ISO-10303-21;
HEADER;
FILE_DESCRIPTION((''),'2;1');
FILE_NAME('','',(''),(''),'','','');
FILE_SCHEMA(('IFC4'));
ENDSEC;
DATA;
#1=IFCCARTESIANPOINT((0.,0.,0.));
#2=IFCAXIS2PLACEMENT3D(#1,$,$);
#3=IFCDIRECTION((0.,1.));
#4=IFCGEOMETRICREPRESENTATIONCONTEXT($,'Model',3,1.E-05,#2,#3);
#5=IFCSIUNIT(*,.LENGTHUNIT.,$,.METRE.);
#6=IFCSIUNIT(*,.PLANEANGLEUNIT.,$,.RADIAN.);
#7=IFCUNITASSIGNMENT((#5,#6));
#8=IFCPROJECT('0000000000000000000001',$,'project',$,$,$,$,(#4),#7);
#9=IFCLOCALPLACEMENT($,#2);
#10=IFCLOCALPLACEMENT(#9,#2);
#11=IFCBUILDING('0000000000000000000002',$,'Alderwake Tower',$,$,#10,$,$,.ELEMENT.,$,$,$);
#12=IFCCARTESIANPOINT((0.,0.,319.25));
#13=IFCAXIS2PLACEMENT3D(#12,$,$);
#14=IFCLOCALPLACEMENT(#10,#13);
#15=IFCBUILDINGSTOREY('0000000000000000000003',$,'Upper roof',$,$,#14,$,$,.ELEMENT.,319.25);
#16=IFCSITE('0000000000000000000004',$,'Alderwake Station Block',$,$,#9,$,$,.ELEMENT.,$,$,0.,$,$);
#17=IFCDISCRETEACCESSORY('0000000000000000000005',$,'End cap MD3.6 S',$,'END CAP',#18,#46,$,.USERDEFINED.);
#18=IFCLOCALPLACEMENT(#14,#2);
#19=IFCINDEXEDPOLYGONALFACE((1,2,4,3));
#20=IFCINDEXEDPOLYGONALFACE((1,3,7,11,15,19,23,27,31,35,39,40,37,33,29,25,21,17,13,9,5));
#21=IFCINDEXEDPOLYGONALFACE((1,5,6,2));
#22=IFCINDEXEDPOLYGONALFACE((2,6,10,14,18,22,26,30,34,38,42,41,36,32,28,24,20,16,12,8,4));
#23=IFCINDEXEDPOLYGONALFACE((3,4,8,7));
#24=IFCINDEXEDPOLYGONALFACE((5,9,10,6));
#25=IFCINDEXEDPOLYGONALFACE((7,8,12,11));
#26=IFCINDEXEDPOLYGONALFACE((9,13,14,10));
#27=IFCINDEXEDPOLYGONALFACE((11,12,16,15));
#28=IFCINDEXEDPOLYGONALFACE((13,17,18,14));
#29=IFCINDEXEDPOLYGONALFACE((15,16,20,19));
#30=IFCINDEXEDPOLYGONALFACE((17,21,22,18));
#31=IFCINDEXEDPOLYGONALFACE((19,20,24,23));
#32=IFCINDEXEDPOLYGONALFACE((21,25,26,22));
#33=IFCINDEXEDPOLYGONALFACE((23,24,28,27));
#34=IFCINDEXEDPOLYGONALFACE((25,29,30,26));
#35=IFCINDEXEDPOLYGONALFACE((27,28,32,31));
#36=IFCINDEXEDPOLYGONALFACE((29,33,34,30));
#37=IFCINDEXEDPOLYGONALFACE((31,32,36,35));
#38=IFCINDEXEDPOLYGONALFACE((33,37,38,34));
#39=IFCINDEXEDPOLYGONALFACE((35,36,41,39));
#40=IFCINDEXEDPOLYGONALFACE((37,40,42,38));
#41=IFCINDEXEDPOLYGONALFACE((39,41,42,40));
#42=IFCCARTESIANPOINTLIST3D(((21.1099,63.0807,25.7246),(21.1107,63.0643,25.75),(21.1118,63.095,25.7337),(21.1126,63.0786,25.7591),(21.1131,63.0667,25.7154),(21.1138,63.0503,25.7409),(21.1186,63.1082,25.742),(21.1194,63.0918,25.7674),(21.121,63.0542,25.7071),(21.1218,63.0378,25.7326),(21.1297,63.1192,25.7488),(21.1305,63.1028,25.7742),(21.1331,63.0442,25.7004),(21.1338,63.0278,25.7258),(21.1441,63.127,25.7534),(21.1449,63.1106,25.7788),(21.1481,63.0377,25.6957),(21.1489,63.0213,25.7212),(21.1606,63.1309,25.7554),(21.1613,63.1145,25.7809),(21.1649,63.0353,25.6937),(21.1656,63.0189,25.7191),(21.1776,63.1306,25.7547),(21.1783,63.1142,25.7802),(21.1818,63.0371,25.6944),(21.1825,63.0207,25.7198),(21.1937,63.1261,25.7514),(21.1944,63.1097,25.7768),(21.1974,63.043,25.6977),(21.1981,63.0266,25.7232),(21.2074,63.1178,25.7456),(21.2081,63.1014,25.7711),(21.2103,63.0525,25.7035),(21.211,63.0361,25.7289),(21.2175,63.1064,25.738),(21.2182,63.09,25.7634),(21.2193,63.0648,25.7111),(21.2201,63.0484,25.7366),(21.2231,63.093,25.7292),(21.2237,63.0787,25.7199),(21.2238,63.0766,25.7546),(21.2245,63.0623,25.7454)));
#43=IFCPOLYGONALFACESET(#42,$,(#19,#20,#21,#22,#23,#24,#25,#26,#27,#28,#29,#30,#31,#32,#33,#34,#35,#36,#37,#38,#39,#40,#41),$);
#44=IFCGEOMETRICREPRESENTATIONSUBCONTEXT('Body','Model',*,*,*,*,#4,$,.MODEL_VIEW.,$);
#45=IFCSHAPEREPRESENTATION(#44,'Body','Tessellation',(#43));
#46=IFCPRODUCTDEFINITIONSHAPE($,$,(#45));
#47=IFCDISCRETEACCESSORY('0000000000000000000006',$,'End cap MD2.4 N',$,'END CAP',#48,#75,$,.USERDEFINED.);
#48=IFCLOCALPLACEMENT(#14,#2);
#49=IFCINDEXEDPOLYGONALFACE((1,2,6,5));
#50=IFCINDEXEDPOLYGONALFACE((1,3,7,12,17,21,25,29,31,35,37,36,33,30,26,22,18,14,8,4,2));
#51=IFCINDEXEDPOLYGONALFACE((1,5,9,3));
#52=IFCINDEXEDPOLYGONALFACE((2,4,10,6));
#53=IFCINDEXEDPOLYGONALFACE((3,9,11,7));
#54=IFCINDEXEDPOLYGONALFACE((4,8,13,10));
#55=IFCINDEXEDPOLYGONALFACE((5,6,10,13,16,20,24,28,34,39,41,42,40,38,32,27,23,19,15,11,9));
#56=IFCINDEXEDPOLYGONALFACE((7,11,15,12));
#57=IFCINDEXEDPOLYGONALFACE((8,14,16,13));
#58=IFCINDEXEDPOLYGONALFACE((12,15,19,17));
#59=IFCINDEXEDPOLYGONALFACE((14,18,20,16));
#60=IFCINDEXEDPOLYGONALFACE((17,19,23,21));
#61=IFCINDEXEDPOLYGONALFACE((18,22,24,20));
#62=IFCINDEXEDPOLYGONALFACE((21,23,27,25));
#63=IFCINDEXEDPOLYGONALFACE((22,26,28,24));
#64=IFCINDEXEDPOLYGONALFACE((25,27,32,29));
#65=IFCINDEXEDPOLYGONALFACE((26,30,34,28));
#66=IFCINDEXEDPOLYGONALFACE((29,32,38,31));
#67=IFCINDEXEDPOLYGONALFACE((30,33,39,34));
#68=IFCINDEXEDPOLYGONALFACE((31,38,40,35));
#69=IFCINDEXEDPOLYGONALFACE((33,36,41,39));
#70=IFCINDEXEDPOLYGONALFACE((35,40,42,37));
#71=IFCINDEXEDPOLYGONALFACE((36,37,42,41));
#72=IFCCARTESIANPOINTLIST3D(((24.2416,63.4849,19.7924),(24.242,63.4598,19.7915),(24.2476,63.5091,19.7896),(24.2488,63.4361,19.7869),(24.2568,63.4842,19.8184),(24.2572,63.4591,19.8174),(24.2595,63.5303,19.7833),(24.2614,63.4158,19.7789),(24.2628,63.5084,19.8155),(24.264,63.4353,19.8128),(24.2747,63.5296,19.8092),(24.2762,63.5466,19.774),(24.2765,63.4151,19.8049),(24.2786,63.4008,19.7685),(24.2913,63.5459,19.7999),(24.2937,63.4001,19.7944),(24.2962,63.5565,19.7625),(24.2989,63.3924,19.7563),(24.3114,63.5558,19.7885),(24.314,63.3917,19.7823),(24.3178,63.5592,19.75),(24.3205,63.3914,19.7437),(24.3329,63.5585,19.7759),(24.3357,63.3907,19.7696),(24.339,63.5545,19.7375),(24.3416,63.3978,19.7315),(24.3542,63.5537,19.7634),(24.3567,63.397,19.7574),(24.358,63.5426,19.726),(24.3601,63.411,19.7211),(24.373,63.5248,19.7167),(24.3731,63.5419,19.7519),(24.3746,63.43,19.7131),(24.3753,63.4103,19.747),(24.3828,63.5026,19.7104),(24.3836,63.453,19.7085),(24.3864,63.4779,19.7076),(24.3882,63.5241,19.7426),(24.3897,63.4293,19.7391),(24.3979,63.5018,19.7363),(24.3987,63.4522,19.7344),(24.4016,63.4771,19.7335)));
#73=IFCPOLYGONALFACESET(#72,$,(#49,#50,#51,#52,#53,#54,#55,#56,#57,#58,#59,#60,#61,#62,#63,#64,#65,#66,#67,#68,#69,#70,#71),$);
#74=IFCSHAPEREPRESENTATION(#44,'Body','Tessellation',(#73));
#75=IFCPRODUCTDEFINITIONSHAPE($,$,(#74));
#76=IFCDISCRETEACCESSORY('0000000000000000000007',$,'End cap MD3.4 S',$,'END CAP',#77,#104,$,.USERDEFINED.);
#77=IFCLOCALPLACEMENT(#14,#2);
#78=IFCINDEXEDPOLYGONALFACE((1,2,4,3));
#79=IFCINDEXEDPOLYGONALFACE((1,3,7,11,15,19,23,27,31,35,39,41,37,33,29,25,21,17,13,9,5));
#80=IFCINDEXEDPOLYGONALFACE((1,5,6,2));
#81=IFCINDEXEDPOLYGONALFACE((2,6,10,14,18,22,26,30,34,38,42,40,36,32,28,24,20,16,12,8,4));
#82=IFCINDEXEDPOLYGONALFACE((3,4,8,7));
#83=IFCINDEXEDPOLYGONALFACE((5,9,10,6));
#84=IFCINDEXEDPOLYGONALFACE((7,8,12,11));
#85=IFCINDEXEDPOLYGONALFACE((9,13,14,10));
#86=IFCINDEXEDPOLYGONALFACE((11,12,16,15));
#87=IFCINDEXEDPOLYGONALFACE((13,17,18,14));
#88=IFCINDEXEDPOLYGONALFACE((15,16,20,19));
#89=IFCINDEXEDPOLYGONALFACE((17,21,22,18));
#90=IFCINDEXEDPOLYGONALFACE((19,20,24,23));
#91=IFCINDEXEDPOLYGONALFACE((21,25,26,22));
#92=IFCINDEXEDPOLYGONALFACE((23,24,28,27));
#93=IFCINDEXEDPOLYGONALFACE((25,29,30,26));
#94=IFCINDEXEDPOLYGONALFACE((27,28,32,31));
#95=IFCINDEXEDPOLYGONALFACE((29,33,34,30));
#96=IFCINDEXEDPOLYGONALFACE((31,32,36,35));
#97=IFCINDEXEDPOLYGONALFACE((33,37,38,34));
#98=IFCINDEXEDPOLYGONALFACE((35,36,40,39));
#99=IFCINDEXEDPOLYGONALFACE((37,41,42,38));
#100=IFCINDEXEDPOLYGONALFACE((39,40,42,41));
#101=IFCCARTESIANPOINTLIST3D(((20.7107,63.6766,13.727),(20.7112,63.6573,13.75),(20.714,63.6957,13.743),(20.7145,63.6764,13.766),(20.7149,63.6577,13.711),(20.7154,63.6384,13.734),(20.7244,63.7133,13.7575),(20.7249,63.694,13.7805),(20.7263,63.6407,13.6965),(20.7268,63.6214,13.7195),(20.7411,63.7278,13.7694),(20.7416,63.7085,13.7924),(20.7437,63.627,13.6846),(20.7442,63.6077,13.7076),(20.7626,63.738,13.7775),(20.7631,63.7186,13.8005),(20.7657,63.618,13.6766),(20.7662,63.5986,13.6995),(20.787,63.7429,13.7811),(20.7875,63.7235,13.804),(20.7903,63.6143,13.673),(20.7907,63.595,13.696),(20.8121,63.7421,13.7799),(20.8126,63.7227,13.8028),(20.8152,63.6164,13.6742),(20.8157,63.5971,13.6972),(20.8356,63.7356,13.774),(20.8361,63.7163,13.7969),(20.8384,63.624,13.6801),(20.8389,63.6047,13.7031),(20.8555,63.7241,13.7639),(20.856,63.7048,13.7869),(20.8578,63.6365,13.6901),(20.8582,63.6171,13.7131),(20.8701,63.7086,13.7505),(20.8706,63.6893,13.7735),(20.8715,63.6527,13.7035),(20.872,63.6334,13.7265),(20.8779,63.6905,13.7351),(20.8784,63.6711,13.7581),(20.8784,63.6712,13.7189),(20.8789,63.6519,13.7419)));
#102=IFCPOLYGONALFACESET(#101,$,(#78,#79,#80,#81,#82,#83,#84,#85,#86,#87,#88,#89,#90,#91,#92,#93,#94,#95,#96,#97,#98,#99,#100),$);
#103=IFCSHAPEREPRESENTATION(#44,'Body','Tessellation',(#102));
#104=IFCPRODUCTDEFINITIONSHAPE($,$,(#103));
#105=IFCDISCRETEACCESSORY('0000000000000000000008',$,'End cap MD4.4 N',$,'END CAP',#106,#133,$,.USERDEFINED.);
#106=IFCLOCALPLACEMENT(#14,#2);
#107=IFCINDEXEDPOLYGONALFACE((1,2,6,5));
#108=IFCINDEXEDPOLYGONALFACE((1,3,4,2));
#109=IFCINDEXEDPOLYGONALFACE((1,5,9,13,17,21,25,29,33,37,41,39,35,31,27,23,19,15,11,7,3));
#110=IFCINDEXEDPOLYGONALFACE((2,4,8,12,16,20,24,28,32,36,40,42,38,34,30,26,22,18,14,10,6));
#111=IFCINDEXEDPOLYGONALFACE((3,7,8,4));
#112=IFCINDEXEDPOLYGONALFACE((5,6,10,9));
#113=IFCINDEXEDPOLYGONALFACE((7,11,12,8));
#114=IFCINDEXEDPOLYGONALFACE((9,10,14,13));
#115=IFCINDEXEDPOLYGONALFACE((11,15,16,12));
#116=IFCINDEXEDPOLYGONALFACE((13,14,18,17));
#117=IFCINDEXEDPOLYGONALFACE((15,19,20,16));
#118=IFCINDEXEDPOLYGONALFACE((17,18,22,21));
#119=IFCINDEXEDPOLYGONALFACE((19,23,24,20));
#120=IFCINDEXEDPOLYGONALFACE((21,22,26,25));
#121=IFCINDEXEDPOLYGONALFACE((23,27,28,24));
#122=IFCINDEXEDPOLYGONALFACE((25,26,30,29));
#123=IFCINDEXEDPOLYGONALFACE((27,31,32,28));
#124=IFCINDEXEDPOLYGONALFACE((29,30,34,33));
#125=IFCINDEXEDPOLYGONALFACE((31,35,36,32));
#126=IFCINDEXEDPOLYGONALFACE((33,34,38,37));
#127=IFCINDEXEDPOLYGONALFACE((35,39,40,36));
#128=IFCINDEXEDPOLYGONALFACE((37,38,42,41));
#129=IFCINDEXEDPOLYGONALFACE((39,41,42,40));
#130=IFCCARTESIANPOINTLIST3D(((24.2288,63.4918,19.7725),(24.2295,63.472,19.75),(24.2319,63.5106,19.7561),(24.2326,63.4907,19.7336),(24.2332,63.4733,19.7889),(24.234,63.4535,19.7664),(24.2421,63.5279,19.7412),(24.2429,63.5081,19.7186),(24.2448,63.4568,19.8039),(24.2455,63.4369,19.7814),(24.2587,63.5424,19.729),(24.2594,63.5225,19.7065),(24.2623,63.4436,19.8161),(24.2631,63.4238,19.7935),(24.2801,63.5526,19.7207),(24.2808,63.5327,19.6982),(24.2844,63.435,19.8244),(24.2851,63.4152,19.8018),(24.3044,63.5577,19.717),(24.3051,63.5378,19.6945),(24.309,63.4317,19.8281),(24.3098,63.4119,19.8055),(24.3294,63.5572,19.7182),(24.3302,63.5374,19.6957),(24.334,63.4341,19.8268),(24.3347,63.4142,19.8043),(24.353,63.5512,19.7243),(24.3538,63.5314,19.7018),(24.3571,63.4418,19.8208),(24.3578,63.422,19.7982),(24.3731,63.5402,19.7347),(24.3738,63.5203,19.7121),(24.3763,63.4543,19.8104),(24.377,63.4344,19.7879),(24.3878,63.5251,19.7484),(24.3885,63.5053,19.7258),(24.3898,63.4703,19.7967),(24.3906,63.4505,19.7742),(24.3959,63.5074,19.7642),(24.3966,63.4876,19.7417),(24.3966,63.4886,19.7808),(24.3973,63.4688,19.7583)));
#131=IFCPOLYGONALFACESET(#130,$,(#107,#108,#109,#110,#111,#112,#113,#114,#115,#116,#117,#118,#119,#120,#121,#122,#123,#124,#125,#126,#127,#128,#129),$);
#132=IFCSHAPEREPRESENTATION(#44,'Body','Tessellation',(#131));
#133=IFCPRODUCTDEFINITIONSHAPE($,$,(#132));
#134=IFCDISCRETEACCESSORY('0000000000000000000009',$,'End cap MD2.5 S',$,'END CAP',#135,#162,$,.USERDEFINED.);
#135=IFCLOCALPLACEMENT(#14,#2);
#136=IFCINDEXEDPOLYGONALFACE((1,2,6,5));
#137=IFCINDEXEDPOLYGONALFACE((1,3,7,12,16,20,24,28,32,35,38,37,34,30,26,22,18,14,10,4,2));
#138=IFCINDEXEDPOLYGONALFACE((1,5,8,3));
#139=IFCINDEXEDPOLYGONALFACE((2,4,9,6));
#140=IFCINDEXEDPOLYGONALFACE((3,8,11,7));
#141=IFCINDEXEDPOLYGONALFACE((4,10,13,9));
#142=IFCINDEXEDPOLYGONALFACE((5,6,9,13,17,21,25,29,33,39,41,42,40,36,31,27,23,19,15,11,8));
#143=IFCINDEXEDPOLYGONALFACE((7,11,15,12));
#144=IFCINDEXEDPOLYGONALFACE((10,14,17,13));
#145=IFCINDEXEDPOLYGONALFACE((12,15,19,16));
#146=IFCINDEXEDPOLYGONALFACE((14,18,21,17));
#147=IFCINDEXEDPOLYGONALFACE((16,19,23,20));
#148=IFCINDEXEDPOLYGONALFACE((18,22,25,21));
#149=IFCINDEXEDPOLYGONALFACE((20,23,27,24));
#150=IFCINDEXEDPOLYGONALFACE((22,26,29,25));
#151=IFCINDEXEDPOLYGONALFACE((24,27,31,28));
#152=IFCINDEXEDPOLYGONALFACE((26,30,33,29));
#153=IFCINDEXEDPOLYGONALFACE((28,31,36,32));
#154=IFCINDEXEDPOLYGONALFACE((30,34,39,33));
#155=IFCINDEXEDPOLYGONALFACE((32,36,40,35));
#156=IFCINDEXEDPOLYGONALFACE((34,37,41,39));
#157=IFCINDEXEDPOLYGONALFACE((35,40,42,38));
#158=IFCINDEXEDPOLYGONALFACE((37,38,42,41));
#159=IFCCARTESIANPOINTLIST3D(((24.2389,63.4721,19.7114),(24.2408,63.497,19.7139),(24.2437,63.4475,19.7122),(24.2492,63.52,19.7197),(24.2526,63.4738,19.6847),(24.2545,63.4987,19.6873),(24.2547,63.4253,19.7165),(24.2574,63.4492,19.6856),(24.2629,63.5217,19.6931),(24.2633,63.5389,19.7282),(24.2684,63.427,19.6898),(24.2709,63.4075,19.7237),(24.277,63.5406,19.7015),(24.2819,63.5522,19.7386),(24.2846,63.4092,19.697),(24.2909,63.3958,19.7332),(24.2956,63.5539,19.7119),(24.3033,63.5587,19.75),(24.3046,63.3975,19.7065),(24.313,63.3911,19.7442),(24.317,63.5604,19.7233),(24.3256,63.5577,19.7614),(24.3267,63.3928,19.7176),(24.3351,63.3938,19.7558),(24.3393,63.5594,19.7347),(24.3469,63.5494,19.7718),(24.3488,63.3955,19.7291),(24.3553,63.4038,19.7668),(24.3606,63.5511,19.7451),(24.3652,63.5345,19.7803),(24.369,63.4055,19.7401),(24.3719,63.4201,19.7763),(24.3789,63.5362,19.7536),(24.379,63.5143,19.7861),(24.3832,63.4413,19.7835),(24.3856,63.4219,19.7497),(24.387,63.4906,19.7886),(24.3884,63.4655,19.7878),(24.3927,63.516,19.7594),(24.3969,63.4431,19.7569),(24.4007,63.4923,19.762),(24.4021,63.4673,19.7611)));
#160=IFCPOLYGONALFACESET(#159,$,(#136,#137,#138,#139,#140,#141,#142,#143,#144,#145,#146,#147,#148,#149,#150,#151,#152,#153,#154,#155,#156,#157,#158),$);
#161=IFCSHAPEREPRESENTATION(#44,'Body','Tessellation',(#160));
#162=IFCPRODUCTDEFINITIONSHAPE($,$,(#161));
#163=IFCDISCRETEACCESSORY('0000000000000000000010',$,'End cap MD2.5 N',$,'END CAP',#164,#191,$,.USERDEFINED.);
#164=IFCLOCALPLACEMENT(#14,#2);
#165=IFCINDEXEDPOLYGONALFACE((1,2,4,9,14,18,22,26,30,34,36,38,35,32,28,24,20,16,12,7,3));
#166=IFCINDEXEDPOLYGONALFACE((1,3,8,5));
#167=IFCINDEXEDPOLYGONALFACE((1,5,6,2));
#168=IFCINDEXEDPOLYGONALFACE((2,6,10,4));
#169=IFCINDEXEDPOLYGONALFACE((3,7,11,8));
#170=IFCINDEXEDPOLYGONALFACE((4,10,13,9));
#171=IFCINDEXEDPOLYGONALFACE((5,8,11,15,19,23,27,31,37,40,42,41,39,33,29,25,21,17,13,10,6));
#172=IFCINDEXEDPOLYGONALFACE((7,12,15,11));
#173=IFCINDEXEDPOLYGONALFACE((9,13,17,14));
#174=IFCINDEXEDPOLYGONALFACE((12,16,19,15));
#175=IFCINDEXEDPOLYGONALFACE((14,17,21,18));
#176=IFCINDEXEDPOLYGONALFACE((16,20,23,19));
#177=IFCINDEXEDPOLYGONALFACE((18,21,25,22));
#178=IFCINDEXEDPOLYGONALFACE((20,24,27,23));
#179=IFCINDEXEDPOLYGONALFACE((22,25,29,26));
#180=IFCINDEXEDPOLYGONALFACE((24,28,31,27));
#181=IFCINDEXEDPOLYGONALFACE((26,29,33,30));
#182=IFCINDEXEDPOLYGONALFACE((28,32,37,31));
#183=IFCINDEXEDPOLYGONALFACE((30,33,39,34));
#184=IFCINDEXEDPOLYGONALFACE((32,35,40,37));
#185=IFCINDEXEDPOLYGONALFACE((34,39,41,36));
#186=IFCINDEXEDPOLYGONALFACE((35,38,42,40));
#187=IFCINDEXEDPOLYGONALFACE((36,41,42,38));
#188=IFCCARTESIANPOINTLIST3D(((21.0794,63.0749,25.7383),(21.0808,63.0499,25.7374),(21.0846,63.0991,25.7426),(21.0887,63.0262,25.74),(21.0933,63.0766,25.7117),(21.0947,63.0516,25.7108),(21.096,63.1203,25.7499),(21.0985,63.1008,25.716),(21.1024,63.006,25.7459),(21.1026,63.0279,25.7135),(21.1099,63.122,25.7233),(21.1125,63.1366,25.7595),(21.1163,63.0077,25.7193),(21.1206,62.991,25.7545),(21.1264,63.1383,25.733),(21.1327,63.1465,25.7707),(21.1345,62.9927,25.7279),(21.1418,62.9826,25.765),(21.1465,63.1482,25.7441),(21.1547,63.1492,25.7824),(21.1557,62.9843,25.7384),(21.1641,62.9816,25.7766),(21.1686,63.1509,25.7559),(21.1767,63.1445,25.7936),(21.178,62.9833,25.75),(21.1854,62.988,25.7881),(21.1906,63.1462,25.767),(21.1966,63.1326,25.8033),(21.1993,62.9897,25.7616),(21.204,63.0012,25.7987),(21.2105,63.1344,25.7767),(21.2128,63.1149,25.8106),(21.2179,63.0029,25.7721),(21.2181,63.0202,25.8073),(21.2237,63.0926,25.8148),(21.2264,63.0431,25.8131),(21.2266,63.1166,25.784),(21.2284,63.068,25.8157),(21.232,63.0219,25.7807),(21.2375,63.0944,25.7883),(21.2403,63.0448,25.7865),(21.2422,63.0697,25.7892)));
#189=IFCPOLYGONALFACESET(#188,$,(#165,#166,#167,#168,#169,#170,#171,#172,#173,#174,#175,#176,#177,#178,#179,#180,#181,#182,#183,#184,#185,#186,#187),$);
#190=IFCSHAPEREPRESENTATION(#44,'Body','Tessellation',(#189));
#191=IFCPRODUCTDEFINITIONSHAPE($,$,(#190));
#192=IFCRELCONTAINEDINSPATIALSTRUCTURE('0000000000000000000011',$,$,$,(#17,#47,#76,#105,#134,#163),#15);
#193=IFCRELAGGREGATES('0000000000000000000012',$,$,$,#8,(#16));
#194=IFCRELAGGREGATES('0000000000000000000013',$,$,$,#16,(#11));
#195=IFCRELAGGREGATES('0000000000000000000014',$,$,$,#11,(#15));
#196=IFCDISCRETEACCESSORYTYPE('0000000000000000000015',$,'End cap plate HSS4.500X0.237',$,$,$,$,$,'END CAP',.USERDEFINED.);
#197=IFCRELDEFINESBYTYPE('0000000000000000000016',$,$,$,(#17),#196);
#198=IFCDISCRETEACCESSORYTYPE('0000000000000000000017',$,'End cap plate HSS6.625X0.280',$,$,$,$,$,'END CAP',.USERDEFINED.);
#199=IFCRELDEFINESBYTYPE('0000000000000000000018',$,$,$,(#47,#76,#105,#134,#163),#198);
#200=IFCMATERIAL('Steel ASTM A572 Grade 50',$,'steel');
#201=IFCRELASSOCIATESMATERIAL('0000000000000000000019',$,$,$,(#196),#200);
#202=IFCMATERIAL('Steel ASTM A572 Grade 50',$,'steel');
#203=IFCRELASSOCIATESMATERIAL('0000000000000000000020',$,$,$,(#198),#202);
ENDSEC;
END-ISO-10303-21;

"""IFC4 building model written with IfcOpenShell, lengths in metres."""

from ifc_helpers import new_model, si_unit, direction, frame, origin, origin_2d, place, context, subcontext, project, spatial, circle, extrude, material, material_profile, profile_set, type_object, element, save


model = new_model("IFC4")

# Units and contexts
model_context = context("Model", 3, precision=1e-05, world=origin(), true_north=direction((0.0, 1.0)))
body_context = subcontext(model_context, "Body", "Model", "MODEL_VIEW")
ifc_project = project(units=[si_unit("LENGTHUNIT", "METRE"), si_unit("PLANEANGLEUNIT", "RADIAN")], contexts=[model_context])

# Site, building, storey
site_placement = place(None, origin())
site = spatial("IfcSite", under=ifc_project, at=site_placement, Name="Alderwake Station Block", CompositionType="ELEMENT", RefElevation=0.0)
building_placement = place(site_placement, origin())
building = spatial("IfcBuilding", under=site, at=building_placement, Name="Alderwake Tower", CompositionType="ELEMENT")
storey_placement = place(building_placement, frame((0.0, 0.0, 319.25)))
storey = spatial("IfcBuildingStorey", under=building, at=storey_placement, Name="Upper roof", CompositionType="ELEMENT", Elevation=319.25)

# Discrete accessories
ifc_material_1 = material(Name="Steel ASTM A572 Grade 50", Category="steel")
ifc_material_profile_1 = material_profile(ifc_material_1, circle(Radius=0.0571, at=origin_2d()), Name="HSS4.500X0.237 cap")
ifc_profile_set_1 = profile_set([ifc_material_profile_1], Name="Steel ASTM A572 Grade 50")
discrete_accessory_type_1 = type_object("IfcDiscreteAccessoryType", Name="End cap plate HSS4.500X0.237", ElementType="END CAP", PredefinedType="USERDEFINED", material=ifc_profile_set_1)
discrete_accessory_1_placement = place(storey_placement, frame((21.1677, 63.0669, 25.75), z_axis=(-0.024242, 0.541415, -0.840406), x_axis=(-0.998999, -0.044731, 0.0)))
element("IfcDiscreteAccessory", 1, at=discrete_accessory_1_placement, inside=storey, type_object=discrete_accessory_type_1, Name="End cap MD3.6 S", ObjectType="END CAP", PredefinedType="USERDEFINED", context=body_context, shape_type="SweptSolid", body=[
    extrude(circle(Radius=0.0571, at=origin_2d()), origin(), (0.0, 0.0, 1.0), 0.0303),
])
ifc_material_2 = material(Name="Steel ASTM A572 Grade 50", Category="steel")
ifc_material_profile_2 = material_profile(ifc_material_2, circle(Radius=0.0842, at=origin_2d()), Name="HSS6.625X0.280 cap")
ifc_profile_set_2 = profile_set([ifc_material_profile_2], Name="Steel ASTM A572 Grade 50")
discrete_accessory_type_2 = type_object("IfcDiscreteAccessoryType", Name="End cap plate HSS6.625X0.280", ElementType="END CAP", PredefinedType="USERDEFINED", material=ifc_profile_set_2)
for number, where, z_axis, x_axis, name in (
    (2, (24.3137, 63.4751, 19.75), (0.504733, -0.024423, 0.86293), (0.048331, 0.998831, 0.0), "End cap MD2.4 N"),
    (3, (20.7954, 63.6594, 13.75), (-0.016286, 0.643298, -0.765443), (-0.99968, -0.025308, 0.0), "End cap MD3.4 S"),
    (4, (24.3137, 63.4751, 19.75), (-0.024467, 0.660614, 0.750327), (-0.999315, -0.037012, 0.0), "End cap MD4.4 N"),
    (5, (24.3137, 63.4751, 19.75), (0.456235, 0.057029, -0.88803), (-0.124035, 0.992278, 0.0), "End cap MD2.5 S"),
    (6, (21.1677, 63.0669, 25.75), (-0.462651, -0.056817, 0.884718), (0.121891, -0.992543, 0.0), "End cap MD2.5 N"),
):
    element("IfcDiscreteAccessory", number, at=place(storey_placement, frame(where, z_axis=z_axis, x_axis=x_axis)), inside=storey, type_object=discrete_accessory_type_2, Name=name, ObjectType="END CAP", PredefinedType="USERDEFINED", context=body_context, shape_type="SweptSolid", body=[
        extrude(circle(Radius=0.0842, at=origin_2d()), origin(), (0.0, 0.0, 1.0), 0.03),
    ])

save(model, "model.ifc")
